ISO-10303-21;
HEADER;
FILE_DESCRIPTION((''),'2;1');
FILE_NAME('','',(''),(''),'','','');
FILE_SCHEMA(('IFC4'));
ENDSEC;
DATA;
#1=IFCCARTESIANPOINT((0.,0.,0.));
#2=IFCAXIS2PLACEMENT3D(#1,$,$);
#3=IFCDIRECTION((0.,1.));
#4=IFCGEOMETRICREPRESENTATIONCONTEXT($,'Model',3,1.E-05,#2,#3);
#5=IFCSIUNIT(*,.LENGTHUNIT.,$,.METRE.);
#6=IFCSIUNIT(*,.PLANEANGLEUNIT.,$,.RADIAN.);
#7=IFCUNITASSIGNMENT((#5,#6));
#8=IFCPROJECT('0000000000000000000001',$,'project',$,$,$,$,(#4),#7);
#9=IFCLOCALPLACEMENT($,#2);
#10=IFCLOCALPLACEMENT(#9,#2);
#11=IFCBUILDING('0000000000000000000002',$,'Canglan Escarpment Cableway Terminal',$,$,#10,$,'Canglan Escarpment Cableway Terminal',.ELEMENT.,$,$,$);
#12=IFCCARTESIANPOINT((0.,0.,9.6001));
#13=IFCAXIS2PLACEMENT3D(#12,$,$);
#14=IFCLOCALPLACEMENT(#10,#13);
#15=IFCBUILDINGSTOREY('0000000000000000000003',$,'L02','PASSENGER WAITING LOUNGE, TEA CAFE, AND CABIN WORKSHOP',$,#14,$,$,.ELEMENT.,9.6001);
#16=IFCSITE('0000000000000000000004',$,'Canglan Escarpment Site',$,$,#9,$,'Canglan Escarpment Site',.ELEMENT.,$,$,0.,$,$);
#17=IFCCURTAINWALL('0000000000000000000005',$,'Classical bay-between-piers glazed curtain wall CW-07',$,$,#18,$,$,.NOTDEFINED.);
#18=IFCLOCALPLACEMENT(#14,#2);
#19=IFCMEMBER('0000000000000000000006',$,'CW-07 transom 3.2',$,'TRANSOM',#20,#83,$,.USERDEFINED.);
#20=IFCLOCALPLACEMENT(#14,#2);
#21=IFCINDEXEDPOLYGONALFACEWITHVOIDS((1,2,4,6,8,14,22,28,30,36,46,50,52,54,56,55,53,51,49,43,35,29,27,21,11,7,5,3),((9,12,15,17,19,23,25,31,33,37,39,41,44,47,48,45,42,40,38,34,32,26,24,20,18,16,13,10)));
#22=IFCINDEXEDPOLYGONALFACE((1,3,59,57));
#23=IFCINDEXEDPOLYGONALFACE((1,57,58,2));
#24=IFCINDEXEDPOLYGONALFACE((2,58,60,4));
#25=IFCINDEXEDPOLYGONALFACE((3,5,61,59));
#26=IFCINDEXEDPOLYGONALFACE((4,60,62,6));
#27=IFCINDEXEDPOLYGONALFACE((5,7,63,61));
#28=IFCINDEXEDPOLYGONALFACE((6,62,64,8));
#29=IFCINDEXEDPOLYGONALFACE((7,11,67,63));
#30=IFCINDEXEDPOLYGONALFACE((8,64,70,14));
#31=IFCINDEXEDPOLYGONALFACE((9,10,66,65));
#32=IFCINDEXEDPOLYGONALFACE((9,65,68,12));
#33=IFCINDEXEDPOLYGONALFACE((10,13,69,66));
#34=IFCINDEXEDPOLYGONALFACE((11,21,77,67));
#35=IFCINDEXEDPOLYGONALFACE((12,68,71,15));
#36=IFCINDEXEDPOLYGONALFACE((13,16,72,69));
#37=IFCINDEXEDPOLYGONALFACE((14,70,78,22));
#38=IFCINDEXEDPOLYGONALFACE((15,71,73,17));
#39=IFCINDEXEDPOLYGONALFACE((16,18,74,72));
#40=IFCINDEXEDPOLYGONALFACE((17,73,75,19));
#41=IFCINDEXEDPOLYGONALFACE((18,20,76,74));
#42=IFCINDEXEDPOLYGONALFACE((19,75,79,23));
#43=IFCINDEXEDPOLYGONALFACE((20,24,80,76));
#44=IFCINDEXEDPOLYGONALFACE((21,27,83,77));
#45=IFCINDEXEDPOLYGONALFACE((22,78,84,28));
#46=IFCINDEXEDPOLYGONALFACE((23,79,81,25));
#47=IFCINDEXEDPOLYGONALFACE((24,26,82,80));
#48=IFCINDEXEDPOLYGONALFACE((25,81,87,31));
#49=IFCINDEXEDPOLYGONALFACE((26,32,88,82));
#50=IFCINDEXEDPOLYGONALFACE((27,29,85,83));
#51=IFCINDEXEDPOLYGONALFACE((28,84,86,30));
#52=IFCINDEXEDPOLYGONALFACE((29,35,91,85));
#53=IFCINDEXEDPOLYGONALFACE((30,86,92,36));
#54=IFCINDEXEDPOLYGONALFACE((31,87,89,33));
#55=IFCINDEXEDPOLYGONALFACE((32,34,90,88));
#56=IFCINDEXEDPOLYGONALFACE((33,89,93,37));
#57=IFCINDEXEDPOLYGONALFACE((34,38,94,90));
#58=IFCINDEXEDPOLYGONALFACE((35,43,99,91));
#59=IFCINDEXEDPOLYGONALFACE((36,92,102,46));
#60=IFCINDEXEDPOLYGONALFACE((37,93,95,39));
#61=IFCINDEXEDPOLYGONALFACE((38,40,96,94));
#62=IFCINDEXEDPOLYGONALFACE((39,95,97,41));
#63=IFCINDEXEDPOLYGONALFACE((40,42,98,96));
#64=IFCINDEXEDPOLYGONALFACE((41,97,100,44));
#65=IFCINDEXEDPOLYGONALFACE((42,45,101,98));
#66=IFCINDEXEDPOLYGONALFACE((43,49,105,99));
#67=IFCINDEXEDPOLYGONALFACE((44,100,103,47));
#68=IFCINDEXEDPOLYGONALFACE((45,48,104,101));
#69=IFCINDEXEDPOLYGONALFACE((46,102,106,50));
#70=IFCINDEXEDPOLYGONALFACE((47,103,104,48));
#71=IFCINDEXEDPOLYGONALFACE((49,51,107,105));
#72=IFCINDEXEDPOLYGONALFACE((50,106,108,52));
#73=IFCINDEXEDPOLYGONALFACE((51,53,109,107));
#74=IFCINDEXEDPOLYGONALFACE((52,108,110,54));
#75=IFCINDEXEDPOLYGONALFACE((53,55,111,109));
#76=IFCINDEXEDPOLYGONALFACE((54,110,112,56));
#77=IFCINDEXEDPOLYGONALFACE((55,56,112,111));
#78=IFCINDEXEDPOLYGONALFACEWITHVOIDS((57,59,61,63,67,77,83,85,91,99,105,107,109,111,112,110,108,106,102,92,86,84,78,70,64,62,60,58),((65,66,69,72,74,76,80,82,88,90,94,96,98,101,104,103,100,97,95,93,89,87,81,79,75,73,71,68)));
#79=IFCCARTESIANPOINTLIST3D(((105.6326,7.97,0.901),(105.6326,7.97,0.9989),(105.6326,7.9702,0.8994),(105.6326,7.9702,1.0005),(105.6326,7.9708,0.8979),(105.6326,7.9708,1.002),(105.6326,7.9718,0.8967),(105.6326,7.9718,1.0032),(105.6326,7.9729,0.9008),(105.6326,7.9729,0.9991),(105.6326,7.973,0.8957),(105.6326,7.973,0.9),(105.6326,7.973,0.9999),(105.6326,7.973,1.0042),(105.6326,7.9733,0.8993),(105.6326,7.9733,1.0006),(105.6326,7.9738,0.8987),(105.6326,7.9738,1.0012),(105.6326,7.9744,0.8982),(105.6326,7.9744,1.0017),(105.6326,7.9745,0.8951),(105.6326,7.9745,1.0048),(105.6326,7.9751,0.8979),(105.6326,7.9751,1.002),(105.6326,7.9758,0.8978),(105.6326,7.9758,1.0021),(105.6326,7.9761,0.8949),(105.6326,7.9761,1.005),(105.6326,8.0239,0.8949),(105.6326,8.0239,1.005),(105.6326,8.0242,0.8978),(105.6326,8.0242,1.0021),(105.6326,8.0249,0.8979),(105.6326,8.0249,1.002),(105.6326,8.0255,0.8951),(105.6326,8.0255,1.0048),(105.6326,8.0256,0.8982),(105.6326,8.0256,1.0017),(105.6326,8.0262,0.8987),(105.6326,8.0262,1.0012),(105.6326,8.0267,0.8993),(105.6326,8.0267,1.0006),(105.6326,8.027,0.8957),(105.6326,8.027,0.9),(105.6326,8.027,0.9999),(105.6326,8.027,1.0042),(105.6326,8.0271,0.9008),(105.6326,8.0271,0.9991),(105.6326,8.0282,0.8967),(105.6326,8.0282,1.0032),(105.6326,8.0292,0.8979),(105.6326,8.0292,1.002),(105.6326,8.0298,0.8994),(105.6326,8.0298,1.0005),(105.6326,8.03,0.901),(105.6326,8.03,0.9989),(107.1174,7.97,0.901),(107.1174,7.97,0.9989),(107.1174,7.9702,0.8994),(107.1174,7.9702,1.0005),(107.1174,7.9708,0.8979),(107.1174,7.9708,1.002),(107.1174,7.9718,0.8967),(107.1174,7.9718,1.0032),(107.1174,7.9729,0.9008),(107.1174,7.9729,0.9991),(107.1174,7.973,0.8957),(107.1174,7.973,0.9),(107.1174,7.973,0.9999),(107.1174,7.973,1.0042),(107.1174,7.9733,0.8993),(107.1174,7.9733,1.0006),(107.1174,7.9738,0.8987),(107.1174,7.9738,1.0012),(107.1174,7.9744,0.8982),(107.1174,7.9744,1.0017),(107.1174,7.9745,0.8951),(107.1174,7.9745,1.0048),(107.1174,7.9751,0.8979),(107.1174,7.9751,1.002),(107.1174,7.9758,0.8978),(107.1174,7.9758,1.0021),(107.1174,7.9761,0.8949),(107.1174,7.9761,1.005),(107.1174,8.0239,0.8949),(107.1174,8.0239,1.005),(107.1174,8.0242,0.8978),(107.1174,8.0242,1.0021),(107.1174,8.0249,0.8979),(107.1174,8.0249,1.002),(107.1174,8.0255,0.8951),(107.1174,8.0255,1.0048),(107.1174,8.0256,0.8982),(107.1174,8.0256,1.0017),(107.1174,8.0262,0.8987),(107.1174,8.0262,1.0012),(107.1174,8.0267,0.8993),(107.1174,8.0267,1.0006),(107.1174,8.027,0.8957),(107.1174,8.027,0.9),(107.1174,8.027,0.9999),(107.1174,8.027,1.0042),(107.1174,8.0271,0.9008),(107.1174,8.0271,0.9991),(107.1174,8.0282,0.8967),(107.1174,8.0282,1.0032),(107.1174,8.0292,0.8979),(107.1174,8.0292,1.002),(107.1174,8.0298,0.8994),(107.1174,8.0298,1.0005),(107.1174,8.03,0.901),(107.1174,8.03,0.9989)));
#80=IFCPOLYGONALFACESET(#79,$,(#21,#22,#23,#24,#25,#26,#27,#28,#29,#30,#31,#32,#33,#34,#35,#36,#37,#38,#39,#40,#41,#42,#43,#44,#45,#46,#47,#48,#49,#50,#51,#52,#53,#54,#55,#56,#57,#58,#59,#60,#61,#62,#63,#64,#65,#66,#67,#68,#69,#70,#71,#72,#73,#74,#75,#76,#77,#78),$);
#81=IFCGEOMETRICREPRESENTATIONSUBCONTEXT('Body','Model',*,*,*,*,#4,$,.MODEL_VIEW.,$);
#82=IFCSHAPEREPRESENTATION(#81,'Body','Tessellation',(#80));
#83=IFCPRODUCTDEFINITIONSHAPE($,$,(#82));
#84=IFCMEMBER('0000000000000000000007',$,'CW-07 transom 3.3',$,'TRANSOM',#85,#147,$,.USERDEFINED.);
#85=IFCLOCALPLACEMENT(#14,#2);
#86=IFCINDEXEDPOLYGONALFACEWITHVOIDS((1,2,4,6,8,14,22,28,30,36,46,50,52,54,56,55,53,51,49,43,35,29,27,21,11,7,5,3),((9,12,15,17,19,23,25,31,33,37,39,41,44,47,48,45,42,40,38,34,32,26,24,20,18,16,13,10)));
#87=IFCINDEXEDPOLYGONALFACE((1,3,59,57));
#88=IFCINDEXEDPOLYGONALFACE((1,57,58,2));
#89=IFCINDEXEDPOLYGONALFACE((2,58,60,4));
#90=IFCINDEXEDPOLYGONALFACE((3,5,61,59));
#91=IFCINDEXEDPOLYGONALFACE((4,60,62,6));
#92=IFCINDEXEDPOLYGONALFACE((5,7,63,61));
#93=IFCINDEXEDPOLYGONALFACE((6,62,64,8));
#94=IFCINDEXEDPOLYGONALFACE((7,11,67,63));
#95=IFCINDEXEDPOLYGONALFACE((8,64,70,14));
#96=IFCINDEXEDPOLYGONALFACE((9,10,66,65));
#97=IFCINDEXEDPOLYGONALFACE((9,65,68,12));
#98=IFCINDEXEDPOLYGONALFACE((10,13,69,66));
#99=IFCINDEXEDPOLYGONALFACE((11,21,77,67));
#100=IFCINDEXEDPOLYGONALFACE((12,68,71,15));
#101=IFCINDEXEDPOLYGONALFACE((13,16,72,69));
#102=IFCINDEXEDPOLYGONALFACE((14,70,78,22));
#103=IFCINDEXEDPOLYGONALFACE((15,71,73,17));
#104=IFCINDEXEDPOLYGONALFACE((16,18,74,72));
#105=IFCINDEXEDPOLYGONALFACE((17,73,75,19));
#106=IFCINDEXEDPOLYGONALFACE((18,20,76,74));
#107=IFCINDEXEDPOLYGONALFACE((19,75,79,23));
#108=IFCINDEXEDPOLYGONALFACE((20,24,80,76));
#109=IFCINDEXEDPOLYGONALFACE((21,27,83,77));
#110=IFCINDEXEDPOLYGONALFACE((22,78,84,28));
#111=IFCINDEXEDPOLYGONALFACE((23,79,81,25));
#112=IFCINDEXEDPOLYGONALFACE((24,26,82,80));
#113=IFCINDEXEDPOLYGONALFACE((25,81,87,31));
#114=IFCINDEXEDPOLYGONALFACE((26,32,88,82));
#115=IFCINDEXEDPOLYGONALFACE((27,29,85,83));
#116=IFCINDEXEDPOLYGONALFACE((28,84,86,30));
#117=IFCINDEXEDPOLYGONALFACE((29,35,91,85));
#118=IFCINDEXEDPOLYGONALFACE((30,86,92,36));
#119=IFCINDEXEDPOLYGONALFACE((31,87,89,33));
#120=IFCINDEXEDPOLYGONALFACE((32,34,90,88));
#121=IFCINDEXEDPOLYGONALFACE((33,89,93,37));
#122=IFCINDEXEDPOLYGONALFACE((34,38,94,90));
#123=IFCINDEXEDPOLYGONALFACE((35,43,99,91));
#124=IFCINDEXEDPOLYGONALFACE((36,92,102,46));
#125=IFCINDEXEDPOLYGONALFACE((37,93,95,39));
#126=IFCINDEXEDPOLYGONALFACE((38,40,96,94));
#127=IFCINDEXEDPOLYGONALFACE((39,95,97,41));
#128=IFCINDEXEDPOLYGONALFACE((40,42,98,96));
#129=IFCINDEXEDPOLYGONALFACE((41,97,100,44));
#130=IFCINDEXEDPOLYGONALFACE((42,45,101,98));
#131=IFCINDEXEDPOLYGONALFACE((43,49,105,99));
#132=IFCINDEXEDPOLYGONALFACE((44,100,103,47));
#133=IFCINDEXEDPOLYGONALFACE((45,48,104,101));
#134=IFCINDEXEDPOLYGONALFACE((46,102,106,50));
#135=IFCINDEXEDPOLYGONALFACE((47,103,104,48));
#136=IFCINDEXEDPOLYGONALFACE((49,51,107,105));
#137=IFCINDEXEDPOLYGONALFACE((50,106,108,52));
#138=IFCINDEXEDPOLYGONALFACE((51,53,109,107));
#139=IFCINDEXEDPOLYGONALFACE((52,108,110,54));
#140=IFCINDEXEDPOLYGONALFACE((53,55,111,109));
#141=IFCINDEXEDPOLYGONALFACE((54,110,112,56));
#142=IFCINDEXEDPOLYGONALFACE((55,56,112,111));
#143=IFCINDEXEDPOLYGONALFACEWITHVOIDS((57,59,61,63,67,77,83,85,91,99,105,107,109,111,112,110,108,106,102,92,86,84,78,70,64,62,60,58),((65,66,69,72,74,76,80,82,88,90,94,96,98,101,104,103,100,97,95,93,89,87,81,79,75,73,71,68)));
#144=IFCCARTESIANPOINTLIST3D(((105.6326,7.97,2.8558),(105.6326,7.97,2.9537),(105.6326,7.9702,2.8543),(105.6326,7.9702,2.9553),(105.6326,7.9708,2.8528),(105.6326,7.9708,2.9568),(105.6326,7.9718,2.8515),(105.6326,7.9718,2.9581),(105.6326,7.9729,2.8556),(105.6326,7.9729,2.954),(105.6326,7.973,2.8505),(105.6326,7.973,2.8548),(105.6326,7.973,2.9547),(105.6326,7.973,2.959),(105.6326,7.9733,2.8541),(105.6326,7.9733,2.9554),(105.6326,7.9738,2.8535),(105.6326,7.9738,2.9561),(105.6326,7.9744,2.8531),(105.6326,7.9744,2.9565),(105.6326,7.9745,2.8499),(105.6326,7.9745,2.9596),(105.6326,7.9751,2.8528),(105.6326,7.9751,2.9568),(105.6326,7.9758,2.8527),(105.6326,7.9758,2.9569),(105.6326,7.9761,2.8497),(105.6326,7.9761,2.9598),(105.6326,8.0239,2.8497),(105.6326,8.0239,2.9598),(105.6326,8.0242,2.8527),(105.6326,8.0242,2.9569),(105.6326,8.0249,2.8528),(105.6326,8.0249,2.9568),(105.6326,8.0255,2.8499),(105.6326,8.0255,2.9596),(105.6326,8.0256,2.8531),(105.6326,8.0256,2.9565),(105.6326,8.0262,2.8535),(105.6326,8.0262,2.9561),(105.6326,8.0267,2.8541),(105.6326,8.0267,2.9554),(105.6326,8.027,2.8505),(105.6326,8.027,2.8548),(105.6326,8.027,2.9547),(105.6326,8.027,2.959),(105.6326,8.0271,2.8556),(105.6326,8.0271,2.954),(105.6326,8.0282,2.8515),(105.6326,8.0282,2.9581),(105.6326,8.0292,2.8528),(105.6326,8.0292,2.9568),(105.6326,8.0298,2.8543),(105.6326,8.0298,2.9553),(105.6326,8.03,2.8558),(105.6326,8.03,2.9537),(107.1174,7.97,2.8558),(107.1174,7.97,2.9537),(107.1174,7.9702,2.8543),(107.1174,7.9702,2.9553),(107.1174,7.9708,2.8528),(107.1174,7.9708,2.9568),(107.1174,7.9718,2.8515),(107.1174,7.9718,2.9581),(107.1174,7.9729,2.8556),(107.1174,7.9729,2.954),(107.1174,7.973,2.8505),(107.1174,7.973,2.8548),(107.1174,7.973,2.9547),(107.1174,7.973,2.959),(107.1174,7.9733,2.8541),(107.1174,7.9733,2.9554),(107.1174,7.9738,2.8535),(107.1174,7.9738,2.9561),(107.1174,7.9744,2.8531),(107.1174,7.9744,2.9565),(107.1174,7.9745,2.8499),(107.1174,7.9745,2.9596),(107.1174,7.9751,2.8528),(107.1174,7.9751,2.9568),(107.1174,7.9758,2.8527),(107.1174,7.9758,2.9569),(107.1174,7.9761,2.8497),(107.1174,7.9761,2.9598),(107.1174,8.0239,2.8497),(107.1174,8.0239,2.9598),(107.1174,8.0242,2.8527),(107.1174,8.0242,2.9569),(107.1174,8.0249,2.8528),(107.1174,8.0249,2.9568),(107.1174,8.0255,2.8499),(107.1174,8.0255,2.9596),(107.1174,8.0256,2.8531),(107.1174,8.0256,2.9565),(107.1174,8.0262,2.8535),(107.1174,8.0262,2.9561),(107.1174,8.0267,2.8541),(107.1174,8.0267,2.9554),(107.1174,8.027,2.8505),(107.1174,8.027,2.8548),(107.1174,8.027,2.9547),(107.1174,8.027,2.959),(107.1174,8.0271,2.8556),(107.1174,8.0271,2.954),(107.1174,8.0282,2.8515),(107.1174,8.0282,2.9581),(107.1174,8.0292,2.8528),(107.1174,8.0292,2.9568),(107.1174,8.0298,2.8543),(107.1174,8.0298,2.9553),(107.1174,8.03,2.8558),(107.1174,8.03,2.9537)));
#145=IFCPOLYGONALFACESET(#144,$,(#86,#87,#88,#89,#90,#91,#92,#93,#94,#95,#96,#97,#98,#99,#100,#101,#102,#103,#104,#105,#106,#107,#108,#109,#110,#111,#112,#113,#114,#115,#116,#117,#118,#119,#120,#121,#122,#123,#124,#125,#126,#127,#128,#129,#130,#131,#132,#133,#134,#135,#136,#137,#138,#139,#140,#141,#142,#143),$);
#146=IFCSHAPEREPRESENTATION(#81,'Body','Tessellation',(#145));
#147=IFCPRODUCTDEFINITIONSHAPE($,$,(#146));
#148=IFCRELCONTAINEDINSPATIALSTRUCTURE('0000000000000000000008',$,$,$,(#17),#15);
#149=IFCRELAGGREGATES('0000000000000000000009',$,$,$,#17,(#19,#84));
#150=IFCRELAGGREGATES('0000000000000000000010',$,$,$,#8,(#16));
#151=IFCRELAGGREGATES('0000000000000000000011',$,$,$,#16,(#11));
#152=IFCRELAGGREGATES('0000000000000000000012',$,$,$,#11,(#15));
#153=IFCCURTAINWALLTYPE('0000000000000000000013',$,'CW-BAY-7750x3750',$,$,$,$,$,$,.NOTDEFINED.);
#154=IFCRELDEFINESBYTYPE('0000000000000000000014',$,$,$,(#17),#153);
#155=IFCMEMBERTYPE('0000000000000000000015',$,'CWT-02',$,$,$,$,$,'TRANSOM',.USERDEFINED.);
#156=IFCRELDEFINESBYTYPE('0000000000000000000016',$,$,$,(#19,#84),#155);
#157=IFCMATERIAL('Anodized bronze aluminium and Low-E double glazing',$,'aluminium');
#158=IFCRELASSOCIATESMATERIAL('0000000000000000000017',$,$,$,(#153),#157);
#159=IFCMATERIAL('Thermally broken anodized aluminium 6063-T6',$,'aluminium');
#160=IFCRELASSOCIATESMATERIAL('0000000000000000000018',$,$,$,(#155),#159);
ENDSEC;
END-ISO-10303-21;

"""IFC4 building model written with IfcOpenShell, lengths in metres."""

from ifc_helpers import new_model, si_unit, direction, frame, origin, origin_2d, place, context, subcontext, project, spatial, hollow_rectangle, extrude, material, material_profile, profile_set, type_object, element, aggregate, save


model = new_model("IFC4")

# Units and contexts
model_context = context("Model", 3, precision=1e-05, world=origin(), true_north=direction((0.0, 1.0)))
body_context = subcontext(model_context, "Body", "Model", "MODEL_VIEW")
ifc_project = project(units=[si_unit("LENGTHUNIT", "METRE"), si_unit("PLANEANGLEUNIT", "RADIAN")], contexts=[model_context])

# Site, building, storey
site_placement = place(None, origin())
site = spatial("IfcSite", under=ifc_project, at=site_placement, Name="Canglan Escarpment Site", LongName="Canglan Escarpment Site", CompositionType="ELEMENT", RefElevation=0.0)
building_placement = place(site_placement, origin())
building = spatial("IfcBuilding", under=site, at=building_placement, Name="Canglan Escarpment Cableway Terminal", LongName="Canglan Escarpment Cableway Terminal", CompositionType="ELEMENT")
storey_placement = place(building_placement, frame((0.0, 0.0, 9.6001)))
storey = spatial("IfcBuildingStorey", under=building, at=storey_placement, Name="L02", Description="PASSENGER WAITING LOUNGE, TEA CAFE, AND CABIN WORKSHOP", CompositionType="ELEMENT", Elevation=9.6001)

# Curtain wall, members
ifc_material_1 = material(Name="Anodized bronze aluminium and Low-E double glazing", Category="aluminium")
curtain_wall_type = type_object("IfcCurtainWallType", Name="CW-BAY-7750x3750", PredefinedType="NOTDEFINED", material=ifc_material_1)
curtain_wall_placement = place(storey_placement, origin())
curtain_wall = element("IfcCurtainWall", 1, at=curtain_wall_placement, inside=storey, type_object=curtain_wall_type, Name="Classical bay-between-piers glazed curtain wall CW-07", PredefinedType="NOTDEFINED")
ifc_material_2 = material(Name="Thermally broken anodized aluminium 6063-T6", Category="aluminium")
ifc_material_profile_1 = material_profile(ifc_material_2, hollow_rectangle(XDim=0.0601, YDim=0.1101, WallThickness=0.0029, InnerFilletRadius=0.0029, OuterFilletRadius=0.0061, at=origin_2d()), Name="ALU-TRAN 60x110x3")
ifc_profile_set_1 = profile_set([ifc_material_profile_1], Name="Thermally broken anodized aluminium 6063-T6")
member_type_1 = type_object("IfcMemberType", Name="CWT-02", ElementType="TRANSOM", PredefinedType="USERDEFINED", material=ifc_profile_set_1)
member_1_placement = place(storey_placement, frame((105.6326, 8.0, 0.95), z_axis=(1.0, 0.0, 0.0), x_axis=(0.0, 1.0, 0.0)))
member_1 = element("IfcMember", 2, at=member_1_placement, type_object=member_type_1, Name="CW-07 transom 3.2", ObjectType="TRANSOM", PredefinedType="USERDEFINED", context=body_context, shape_type="SweptSolid", body=[
    extrude(hollow_rectangle(XDim=0.0601, YDim=0.1101, WallThickness=0.0029, InnerFilletRadius=0.0029, OuterFilletRadius=0.0061, at=origin_2d()), origin(), (0.0, 0.0, 1.0), 1.4849),
])
member_2_placement = place(storey_placement, frame((105.6326, 8.0, 2.9048), z_axis=(1.0, 0.0, 0.0), x_axis=(0.0, 1.0, 0.0)))
member_2 = element("IfcMember", 3, at=member_2_placement, type_object=member_type_1, Name="CW-07 transom 3.3", ObjectType="TRANSOM", PredefinedType="USERDEFINED", context=body_context, shape_type="SweptSolid", body=[
    extrude(hollow_rectangle(XDim=0.0601, YDim=0.1101, WallThickness=0.0029, InnerFilletRadius=0.0029, OuterFilletRadius=0.0061, at=origin_2d()), origin(), (0.0, 0.0, 1.0), 1.4849),
])
aggregate(curtain_wall, [member_1, member_2])

save(model, "model.ifc")
